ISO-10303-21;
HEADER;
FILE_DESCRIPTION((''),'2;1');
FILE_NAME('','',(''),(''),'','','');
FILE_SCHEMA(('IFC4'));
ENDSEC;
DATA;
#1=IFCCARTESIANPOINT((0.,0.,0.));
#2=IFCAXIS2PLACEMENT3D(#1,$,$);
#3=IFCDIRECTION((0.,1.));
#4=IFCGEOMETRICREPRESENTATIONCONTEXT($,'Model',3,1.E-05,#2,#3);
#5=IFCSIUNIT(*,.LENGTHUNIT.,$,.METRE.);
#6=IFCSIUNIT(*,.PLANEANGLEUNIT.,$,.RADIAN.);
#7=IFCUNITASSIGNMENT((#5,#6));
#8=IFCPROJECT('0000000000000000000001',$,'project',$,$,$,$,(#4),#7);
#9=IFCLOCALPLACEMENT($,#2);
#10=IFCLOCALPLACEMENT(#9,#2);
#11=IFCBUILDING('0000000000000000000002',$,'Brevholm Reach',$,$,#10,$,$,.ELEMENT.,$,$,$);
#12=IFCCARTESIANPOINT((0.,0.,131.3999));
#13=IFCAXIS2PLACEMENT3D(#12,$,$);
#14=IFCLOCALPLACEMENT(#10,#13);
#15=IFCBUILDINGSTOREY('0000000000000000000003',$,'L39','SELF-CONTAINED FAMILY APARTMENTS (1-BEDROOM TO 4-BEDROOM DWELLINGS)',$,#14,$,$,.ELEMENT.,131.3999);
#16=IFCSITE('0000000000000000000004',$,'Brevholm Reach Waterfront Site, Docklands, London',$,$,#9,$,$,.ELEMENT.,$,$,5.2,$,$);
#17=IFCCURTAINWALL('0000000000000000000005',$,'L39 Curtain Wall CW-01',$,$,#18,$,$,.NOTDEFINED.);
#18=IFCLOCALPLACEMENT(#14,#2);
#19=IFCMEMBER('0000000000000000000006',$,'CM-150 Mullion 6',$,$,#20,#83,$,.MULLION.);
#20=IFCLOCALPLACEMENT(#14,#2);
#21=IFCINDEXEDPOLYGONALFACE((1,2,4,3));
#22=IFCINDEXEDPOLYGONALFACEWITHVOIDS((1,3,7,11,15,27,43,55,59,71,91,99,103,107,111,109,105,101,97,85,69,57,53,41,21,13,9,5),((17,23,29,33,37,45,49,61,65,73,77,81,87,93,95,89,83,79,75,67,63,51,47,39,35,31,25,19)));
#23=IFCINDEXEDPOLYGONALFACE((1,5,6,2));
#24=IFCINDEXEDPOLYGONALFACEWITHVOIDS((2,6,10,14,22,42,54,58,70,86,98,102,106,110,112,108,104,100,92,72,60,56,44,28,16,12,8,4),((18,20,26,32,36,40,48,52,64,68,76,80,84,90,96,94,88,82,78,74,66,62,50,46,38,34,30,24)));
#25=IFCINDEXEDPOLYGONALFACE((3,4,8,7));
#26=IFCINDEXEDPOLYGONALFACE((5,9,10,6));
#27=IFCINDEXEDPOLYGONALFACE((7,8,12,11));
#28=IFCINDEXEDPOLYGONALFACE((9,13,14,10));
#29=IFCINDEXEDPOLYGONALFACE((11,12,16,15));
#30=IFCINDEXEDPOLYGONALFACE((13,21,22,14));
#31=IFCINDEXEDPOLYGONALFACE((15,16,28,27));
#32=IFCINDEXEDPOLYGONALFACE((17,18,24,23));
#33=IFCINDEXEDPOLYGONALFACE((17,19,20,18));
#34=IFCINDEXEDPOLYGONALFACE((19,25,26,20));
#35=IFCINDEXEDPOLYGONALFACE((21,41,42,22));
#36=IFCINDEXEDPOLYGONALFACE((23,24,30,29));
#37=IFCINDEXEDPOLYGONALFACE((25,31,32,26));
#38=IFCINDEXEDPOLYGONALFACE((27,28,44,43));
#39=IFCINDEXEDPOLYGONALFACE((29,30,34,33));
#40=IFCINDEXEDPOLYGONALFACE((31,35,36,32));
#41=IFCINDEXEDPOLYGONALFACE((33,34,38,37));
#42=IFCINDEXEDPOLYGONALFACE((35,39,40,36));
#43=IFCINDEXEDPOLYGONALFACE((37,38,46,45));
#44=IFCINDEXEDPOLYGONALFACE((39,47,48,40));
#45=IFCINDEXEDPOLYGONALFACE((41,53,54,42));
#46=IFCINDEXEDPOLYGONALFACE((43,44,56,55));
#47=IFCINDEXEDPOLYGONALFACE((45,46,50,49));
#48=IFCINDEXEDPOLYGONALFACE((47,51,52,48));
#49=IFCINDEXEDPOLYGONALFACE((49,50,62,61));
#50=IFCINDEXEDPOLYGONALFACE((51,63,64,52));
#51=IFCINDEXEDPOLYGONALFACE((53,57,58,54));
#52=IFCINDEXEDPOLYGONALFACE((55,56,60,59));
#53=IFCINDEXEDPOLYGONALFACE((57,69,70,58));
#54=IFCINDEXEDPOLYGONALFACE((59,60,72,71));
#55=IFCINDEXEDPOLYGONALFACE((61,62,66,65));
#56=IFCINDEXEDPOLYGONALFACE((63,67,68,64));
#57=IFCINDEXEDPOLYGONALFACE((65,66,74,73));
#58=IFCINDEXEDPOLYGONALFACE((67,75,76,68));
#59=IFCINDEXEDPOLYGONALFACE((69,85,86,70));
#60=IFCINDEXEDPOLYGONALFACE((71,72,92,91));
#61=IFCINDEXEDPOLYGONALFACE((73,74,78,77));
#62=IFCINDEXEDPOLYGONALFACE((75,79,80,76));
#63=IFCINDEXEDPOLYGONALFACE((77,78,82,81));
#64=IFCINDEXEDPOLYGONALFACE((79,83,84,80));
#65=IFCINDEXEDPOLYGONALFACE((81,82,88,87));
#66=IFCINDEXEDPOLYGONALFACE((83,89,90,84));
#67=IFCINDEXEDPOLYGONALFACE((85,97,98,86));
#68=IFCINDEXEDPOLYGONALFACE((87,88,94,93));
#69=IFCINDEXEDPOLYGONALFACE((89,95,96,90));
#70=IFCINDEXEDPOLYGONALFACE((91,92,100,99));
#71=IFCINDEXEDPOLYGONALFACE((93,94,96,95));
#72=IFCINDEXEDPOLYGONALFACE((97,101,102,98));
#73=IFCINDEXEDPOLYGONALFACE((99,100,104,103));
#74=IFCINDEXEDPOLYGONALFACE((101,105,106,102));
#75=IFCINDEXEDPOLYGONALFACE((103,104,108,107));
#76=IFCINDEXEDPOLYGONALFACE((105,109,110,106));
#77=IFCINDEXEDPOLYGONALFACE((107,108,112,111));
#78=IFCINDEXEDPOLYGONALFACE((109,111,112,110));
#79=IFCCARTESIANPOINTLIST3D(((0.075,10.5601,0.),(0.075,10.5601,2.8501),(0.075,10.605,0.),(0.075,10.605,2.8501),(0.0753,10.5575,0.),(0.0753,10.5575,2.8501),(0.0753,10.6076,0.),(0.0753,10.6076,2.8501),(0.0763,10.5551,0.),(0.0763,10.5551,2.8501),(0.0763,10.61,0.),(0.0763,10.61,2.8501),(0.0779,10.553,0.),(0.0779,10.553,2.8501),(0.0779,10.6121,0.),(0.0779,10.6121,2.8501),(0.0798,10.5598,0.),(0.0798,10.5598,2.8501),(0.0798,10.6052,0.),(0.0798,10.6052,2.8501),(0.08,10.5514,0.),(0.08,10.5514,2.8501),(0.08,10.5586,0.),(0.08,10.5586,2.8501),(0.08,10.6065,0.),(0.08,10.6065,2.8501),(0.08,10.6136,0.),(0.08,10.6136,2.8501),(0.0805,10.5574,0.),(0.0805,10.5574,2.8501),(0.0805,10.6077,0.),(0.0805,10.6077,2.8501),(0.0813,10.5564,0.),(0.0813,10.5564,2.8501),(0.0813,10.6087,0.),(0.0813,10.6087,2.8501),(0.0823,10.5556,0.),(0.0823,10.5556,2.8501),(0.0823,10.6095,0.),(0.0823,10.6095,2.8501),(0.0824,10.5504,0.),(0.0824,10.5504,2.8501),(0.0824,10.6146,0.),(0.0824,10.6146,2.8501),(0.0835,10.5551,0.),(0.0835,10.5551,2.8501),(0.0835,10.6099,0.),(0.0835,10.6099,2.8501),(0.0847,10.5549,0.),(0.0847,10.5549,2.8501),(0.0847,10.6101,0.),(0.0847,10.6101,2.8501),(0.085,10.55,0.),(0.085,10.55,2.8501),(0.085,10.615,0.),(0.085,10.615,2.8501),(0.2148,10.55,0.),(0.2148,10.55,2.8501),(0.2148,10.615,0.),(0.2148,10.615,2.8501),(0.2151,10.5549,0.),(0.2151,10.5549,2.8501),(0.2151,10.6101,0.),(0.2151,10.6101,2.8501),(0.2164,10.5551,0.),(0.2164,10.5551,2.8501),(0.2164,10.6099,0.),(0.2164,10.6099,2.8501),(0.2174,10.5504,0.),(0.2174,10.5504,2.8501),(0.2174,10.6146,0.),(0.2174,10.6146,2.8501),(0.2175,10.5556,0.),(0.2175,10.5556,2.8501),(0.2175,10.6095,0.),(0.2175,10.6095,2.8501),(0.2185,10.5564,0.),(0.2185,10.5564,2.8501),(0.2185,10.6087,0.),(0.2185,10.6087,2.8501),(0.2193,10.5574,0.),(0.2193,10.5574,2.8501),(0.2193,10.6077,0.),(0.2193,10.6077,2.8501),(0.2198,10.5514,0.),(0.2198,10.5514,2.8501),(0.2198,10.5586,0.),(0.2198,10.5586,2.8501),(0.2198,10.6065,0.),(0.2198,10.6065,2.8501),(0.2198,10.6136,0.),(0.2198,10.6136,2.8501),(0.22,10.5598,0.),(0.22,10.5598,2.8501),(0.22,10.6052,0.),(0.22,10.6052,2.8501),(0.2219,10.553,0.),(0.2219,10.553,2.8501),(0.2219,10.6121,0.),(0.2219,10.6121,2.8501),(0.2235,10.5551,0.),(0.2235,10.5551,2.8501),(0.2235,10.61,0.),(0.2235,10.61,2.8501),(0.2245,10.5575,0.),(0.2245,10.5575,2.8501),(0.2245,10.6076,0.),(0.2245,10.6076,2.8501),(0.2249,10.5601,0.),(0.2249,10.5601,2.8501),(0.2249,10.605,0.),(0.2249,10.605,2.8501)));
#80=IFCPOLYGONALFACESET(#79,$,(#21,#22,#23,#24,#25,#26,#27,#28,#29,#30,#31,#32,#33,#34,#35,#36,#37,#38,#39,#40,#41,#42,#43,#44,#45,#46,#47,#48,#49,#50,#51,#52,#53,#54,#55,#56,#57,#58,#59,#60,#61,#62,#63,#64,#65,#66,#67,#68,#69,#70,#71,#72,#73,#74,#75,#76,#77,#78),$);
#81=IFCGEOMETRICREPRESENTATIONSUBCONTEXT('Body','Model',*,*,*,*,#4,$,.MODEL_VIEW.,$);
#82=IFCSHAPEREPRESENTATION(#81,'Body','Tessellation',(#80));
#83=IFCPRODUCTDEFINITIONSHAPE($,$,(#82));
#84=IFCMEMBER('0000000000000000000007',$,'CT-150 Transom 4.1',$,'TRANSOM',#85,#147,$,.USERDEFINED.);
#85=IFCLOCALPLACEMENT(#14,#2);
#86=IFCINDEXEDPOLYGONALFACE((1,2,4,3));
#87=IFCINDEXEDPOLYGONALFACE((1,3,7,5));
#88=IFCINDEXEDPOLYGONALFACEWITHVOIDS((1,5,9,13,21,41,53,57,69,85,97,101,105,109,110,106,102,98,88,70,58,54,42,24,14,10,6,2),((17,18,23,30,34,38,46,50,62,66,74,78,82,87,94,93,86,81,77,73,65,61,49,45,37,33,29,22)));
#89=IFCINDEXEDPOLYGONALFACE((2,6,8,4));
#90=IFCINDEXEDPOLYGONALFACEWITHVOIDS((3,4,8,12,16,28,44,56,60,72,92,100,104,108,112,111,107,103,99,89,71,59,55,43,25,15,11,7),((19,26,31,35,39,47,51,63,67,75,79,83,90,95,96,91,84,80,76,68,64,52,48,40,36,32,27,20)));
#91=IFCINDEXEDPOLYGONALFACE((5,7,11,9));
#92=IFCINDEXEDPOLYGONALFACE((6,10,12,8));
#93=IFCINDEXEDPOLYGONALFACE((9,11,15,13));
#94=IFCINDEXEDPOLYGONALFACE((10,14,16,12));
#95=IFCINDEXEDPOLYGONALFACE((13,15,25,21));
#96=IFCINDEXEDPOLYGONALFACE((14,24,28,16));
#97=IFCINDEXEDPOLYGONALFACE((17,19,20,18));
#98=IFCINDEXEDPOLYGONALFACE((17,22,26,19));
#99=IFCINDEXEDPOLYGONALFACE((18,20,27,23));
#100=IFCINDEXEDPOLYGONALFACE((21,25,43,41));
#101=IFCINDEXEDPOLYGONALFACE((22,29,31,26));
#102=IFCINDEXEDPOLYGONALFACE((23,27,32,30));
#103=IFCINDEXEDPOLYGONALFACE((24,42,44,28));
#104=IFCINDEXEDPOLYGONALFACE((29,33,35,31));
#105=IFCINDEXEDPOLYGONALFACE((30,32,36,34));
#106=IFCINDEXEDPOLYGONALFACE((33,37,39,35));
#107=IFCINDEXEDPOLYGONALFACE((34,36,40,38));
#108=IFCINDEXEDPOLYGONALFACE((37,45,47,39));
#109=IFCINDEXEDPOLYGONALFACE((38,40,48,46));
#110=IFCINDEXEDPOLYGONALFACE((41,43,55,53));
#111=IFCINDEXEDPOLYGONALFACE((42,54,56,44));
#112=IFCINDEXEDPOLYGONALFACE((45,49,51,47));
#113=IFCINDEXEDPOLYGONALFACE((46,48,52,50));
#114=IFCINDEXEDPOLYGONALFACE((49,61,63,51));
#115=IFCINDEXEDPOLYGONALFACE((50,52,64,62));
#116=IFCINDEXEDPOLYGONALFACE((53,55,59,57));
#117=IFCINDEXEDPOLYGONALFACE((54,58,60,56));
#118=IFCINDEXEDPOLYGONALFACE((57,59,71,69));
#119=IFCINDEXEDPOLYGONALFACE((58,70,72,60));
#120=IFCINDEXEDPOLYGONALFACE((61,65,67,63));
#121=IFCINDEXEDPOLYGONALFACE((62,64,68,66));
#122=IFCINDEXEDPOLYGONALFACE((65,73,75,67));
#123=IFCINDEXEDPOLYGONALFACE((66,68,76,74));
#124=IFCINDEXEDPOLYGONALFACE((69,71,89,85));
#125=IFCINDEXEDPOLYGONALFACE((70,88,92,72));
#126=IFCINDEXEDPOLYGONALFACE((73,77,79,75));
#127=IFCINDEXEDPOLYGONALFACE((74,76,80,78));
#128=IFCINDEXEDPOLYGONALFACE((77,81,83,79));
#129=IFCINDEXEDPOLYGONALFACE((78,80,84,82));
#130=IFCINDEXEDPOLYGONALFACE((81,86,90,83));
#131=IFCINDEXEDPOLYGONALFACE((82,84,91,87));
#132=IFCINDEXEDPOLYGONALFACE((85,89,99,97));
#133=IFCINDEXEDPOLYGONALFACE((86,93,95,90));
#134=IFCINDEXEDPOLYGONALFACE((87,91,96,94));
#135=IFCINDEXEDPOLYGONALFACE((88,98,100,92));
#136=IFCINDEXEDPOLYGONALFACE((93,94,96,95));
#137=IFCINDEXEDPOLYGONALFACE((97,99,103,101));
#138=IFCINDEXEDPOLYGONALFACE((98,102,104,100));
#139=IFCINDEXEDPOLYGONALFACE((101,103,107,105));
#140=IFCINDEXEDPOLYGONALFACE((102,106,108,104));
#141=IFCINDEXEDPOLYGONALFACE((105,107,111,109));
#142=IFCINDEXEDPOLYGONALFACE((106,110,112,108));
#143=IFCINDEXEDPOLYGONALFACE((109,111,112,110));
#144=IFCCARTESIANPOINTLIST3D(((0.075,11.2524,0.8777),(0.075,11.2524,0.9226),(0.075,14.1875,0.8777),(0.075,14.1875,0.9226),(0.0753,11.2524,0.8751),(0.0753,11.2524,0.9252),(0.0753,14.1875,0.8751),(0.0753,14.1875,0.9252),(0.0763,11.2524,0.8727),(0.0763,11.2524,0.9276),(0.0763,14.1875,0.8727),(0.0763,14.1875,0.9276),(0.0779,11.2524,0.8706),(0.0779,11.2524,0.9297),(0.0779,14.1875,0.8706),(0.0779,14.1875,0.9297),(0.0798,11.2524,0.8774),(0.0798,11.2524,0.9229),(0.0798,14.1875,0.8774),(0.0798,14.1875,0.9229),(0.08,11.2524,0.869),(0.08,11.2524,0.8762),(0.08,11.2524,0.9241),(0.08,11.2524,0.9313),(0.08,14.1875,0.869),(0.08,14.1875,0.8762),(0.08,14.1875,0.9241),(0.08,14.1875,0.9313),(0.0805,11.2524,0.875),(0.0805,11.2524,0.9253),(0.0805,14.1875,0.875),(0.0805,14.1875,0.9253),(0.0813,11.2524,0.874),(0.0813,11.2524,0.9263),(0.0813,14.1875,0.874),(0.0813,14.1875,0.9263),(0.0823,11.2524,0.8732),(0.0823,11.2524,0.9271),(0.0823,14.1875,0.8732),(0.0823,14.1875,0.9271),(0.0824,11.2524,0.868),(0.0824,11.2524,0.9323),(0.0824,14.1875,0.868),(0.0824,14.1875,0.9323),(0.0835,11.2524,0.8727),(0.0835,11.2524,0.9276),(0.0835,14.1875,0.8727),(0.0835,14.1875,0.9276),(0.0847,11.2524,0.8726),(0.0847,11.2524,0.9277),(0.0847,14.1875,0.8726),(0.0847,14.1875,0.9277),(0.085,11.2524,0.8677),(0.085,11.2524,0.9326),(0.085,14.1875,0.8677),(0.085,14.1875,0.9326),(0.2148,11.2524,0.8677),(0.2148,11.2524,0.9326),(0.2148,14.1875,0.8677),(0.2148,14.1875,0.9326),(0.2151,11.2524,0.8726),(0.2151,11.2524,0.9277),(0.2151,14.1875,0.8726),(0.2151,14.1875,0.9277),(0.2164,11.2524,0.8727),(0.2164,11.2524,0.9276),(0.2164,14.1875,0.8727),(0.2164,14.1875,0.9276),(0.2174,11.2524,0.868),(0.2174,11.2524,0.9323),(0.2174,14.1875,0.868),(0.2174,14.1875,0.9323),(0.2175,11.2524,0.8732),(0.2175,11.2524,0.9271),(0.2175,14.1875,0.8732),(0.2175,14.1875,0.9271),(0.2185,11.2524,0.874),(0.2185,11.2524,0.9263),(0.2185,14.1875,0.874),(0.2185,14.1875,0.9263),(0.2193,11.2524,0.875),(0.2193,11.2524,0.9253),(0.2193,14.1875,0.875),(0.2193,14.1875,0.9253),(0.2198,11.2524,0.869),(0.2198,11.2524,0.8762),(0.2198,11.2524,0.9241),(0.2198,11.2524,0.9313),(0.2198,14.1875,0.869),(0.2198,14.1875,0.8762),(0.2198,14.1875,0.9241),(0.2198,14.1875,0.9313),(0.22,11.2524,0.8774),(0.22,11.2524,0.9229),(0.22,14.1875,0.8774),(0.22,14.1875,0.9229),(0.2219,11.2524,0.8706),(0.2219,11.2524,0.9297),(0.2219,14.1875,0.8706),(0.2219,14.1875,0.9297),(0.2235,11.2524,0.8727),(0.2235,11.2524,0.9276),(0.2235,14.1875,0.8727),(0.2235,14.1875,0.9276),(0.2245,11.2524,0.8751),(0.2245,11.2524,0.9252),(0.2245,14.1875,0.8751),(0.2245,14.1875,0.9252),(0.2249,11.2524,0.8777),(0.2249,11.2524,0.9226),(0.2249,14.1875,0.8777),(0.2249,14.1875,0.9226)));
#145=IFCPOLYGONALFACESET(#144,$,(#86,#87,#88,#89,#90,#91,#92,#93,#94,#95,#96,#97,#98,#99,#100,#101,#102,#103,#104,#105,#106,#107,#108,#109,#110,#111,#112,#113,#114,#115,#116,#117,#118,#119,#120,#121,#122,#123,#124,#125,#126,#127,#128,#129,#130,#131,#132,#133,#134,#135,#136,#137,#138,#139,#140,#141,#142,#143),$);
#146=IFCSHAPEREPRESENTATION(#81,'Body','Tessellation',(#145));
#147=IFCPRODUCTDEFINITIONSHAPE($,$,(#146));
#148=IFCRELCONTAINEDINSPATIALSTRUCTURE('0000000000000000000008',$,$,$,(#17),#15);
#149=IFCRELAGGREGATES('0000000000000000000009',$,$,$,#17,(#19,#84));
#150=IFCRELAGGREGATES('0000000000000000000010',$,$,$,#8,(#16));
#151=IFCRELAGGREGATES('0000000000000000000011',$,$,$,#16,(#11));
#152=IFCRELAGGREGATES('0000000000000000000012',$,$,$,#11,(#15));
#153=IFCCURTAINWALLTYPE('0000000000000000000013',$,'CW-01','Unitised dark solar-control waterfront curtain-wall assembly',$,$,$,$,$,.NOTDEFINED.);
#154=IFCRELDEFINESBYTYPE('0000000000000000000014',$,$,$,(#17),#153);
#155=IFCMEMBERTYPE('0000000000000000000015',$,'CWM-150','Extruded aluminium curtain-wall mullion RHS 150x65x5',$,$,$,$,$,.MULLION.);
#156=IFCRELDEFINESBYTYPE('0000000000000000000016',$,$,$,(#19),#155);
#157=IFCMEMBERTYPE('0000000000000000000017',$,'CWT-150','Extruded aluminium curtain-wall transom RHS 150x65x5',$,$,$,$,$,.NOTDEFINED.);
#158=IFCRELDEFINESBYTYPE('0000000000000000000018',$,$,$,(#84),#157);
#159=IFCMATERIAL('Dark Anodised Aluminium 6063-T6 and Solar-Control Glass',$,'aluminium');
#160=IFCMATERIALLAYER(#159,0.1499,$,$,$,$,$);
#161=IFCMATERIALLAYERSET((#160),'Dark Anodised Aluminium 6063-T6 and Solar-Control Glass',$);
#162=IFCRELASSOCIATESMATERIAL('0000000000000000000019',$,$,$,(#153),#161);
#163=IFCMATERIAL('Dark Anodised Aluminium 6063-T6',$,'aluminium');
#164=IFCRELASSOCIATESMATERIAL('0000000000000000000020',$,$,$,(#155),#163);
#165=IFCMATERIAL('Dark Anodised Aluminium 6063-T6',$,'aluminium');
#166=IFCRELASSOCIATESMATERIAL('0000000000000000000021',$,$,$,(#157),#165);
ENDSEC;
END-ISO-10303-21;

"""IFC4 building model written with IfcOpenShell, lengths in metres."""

from ifc_helpers import new_model, si_unit, direction, frame, origin, origin_2d, place, context, subcontext, project, spatial, hollow_rectangle, extrude, material, layer, layer_set, material_profile, profile_set, type_object, element, aggregate, save


model = new_model("IFC4")

# Units and contexts
model_context = context("Model", 3, precision=1e-05, world=origin(), true_north=direction((0.0, 1.0)))
body_context = subcontext(model_context, "Body", "Model", "MODEL_VIEW")
ifc_project = project(units=[si_unit("LENGTHUNIT", "METRE"), si_unit("PLANEANGLEUNIT", "RADIAN")], contexts=[model_context])

# Site, building, storey
site_placement = place(None, origin())
site = spatial("IfcSite", under=ifc_project, at=site_placement, Name="Brevholm Reach Waterfront Site, Docklands, London", CompositionType="ELEMENT", RefElevation=5.2)
building_placement = place(site_placement, origin())
building = spatial("IfcBuilding", under=site, at=building_placement, Name="Brevholm Reach", CompositionType="ELEMENT")
storey_placement = place(building_placement, frame((0.0, 0.0, 131.3999)))
storey = spatial("IfcBuildingStorey", under=building, at=storey_placement, Name="L39", Description="SELF-CONTAINED FAMILY APARTMENTS (1-BEDROOM TO 4-BEDROOM DWELLINGS)", CompositionType="ELEMENT", Elevation=131.3999)

# Curtain wall, members
ifc_material_1 = material(Name="Dark Anodised Aluminium 6063-T6 and Solar-Control Glass", Category="aluminium")
ifc_layer_1 = layer(ifc_material_1, 0.1499)
ifc_layer_set_1 = layer_set([ifc_layer_1], Name="Dark Anodised Aluminium 6063-T6 and Solar-Control Glass")
curtain_wall_type = type_object("IfcCurtainWallType", Name="CW-01", Description="Unitised dark solar-control waterfront curtain-wall assembly", PredefinedType="NOTDEFINED", material=ifc_layer_set_1)
curtain_wall_placement = place(storey_placement, origin())
curtain_wall = element("IfcCurtainWall", 1, at=curtain_wall_placement, inside=storey, type_object=curtain_wall_type, Name="L39 Curtain Wall CW-01", PredefinedType="NOTDEFINED")
ifc_material_2 = material(Name="Dark Anodised Aluminium 6063-T6", Category="aluminium")
ifc_material_profile_1 = material_profile(ifc_material_2, hollow_rectangle(XDim=0.0649, YDim=0.1499, WallThickness=0.0049, InnerFilletRadius=0.0049, OuterFilletRadius=0.01, at=origin_2d()), Name="RHS 150x65x5")
ifc_profile_set_1 = profile_set([ifc_material_profile_1], Name="Dark Anodised Aluminium 6063-T6")
member_type_1 = type_object("IfcMemberType", Name="CWM-150", Description="Extruded aluminium curtain-wall mullion RHS 150x65x5", PredefinedType="MULLION", material=ifc_profile_set_1)
member_1_placement = place(storey_placement, frame((0.1499, 10.5825, 0.0), z_axis=(0.0, 0.0, 1.0), x_axis=(0.0, -1.0, 0.0)))
member_1 = element("IfcMember", 2, at=member_1_placement, type_object=member_type_1, Name="CM-150 Mullion 6", PredefinedType="MULLION", context=body_context, shape_type="SweptSolid", body=[
    extrude(hollow_rectangle(XDim=0.0649, YDim=0.1499, WallThickness=0.0049, InnerFilletRadius=0.0049, OuterFilletRadius=0.01, at=origin_2d()), origin(), (0.0, 0.0, 1.0), 2.8501),
])
ifc_material_3 = material(Name="Dark Anodised Aluminium 6063-T6", Category="aluminium")
ifc_material_profile_2 = material_profile(ifc_material_3, hollow_rectangle(XDim=0.0649, YDim=0.1499, WallThickness=0.0049, InnerFilletRadius=0.0049, OuterFilletRadius=0.01, at=origin_2d()), Name="RHS 150x65x5")
ifc_profile_set_2 = profile_set([ifc_material_profile_2], Name="Dark Anodised Aluminium 6063-T6")
member_type_2 = type_object("IfcMemberType", Name="CWT-150", Description="Extruded aluminium curtain-wall transom RHS 150x65x5", PredefinedType="NOTDEFINED", material=ifc_profile_set_2)
member_2_placement = place(storey_placement, frame((0.1499, 14.1875, 0.9001), z_axis=(0.0, -1.0, 0.0), x_axis=(0.0, 0.0, 1.0)))
member_2 = element("IfcMember", 3, at=member_2_placement, type_object=member_type_2, Name="CT-150 Transom 4.1", ObjectType="TRANSOM", PredefinedType="USERDEFINED", context=body_context, shape_type="SweptSolid", body=[
    extrude(hollow_rectangle(XDim=0.0649, YDim=0.1499, WallThickness=0.0049, InnerFilletRadius=0.0049, OuterFilletRadius=0.01, at=origin_2d()), origin(), (0.0, 0.0, 1.0), 2.9351),
])
aggregate(curtain_wall, [member_1, member_2])

save(model, "model.ifc")
